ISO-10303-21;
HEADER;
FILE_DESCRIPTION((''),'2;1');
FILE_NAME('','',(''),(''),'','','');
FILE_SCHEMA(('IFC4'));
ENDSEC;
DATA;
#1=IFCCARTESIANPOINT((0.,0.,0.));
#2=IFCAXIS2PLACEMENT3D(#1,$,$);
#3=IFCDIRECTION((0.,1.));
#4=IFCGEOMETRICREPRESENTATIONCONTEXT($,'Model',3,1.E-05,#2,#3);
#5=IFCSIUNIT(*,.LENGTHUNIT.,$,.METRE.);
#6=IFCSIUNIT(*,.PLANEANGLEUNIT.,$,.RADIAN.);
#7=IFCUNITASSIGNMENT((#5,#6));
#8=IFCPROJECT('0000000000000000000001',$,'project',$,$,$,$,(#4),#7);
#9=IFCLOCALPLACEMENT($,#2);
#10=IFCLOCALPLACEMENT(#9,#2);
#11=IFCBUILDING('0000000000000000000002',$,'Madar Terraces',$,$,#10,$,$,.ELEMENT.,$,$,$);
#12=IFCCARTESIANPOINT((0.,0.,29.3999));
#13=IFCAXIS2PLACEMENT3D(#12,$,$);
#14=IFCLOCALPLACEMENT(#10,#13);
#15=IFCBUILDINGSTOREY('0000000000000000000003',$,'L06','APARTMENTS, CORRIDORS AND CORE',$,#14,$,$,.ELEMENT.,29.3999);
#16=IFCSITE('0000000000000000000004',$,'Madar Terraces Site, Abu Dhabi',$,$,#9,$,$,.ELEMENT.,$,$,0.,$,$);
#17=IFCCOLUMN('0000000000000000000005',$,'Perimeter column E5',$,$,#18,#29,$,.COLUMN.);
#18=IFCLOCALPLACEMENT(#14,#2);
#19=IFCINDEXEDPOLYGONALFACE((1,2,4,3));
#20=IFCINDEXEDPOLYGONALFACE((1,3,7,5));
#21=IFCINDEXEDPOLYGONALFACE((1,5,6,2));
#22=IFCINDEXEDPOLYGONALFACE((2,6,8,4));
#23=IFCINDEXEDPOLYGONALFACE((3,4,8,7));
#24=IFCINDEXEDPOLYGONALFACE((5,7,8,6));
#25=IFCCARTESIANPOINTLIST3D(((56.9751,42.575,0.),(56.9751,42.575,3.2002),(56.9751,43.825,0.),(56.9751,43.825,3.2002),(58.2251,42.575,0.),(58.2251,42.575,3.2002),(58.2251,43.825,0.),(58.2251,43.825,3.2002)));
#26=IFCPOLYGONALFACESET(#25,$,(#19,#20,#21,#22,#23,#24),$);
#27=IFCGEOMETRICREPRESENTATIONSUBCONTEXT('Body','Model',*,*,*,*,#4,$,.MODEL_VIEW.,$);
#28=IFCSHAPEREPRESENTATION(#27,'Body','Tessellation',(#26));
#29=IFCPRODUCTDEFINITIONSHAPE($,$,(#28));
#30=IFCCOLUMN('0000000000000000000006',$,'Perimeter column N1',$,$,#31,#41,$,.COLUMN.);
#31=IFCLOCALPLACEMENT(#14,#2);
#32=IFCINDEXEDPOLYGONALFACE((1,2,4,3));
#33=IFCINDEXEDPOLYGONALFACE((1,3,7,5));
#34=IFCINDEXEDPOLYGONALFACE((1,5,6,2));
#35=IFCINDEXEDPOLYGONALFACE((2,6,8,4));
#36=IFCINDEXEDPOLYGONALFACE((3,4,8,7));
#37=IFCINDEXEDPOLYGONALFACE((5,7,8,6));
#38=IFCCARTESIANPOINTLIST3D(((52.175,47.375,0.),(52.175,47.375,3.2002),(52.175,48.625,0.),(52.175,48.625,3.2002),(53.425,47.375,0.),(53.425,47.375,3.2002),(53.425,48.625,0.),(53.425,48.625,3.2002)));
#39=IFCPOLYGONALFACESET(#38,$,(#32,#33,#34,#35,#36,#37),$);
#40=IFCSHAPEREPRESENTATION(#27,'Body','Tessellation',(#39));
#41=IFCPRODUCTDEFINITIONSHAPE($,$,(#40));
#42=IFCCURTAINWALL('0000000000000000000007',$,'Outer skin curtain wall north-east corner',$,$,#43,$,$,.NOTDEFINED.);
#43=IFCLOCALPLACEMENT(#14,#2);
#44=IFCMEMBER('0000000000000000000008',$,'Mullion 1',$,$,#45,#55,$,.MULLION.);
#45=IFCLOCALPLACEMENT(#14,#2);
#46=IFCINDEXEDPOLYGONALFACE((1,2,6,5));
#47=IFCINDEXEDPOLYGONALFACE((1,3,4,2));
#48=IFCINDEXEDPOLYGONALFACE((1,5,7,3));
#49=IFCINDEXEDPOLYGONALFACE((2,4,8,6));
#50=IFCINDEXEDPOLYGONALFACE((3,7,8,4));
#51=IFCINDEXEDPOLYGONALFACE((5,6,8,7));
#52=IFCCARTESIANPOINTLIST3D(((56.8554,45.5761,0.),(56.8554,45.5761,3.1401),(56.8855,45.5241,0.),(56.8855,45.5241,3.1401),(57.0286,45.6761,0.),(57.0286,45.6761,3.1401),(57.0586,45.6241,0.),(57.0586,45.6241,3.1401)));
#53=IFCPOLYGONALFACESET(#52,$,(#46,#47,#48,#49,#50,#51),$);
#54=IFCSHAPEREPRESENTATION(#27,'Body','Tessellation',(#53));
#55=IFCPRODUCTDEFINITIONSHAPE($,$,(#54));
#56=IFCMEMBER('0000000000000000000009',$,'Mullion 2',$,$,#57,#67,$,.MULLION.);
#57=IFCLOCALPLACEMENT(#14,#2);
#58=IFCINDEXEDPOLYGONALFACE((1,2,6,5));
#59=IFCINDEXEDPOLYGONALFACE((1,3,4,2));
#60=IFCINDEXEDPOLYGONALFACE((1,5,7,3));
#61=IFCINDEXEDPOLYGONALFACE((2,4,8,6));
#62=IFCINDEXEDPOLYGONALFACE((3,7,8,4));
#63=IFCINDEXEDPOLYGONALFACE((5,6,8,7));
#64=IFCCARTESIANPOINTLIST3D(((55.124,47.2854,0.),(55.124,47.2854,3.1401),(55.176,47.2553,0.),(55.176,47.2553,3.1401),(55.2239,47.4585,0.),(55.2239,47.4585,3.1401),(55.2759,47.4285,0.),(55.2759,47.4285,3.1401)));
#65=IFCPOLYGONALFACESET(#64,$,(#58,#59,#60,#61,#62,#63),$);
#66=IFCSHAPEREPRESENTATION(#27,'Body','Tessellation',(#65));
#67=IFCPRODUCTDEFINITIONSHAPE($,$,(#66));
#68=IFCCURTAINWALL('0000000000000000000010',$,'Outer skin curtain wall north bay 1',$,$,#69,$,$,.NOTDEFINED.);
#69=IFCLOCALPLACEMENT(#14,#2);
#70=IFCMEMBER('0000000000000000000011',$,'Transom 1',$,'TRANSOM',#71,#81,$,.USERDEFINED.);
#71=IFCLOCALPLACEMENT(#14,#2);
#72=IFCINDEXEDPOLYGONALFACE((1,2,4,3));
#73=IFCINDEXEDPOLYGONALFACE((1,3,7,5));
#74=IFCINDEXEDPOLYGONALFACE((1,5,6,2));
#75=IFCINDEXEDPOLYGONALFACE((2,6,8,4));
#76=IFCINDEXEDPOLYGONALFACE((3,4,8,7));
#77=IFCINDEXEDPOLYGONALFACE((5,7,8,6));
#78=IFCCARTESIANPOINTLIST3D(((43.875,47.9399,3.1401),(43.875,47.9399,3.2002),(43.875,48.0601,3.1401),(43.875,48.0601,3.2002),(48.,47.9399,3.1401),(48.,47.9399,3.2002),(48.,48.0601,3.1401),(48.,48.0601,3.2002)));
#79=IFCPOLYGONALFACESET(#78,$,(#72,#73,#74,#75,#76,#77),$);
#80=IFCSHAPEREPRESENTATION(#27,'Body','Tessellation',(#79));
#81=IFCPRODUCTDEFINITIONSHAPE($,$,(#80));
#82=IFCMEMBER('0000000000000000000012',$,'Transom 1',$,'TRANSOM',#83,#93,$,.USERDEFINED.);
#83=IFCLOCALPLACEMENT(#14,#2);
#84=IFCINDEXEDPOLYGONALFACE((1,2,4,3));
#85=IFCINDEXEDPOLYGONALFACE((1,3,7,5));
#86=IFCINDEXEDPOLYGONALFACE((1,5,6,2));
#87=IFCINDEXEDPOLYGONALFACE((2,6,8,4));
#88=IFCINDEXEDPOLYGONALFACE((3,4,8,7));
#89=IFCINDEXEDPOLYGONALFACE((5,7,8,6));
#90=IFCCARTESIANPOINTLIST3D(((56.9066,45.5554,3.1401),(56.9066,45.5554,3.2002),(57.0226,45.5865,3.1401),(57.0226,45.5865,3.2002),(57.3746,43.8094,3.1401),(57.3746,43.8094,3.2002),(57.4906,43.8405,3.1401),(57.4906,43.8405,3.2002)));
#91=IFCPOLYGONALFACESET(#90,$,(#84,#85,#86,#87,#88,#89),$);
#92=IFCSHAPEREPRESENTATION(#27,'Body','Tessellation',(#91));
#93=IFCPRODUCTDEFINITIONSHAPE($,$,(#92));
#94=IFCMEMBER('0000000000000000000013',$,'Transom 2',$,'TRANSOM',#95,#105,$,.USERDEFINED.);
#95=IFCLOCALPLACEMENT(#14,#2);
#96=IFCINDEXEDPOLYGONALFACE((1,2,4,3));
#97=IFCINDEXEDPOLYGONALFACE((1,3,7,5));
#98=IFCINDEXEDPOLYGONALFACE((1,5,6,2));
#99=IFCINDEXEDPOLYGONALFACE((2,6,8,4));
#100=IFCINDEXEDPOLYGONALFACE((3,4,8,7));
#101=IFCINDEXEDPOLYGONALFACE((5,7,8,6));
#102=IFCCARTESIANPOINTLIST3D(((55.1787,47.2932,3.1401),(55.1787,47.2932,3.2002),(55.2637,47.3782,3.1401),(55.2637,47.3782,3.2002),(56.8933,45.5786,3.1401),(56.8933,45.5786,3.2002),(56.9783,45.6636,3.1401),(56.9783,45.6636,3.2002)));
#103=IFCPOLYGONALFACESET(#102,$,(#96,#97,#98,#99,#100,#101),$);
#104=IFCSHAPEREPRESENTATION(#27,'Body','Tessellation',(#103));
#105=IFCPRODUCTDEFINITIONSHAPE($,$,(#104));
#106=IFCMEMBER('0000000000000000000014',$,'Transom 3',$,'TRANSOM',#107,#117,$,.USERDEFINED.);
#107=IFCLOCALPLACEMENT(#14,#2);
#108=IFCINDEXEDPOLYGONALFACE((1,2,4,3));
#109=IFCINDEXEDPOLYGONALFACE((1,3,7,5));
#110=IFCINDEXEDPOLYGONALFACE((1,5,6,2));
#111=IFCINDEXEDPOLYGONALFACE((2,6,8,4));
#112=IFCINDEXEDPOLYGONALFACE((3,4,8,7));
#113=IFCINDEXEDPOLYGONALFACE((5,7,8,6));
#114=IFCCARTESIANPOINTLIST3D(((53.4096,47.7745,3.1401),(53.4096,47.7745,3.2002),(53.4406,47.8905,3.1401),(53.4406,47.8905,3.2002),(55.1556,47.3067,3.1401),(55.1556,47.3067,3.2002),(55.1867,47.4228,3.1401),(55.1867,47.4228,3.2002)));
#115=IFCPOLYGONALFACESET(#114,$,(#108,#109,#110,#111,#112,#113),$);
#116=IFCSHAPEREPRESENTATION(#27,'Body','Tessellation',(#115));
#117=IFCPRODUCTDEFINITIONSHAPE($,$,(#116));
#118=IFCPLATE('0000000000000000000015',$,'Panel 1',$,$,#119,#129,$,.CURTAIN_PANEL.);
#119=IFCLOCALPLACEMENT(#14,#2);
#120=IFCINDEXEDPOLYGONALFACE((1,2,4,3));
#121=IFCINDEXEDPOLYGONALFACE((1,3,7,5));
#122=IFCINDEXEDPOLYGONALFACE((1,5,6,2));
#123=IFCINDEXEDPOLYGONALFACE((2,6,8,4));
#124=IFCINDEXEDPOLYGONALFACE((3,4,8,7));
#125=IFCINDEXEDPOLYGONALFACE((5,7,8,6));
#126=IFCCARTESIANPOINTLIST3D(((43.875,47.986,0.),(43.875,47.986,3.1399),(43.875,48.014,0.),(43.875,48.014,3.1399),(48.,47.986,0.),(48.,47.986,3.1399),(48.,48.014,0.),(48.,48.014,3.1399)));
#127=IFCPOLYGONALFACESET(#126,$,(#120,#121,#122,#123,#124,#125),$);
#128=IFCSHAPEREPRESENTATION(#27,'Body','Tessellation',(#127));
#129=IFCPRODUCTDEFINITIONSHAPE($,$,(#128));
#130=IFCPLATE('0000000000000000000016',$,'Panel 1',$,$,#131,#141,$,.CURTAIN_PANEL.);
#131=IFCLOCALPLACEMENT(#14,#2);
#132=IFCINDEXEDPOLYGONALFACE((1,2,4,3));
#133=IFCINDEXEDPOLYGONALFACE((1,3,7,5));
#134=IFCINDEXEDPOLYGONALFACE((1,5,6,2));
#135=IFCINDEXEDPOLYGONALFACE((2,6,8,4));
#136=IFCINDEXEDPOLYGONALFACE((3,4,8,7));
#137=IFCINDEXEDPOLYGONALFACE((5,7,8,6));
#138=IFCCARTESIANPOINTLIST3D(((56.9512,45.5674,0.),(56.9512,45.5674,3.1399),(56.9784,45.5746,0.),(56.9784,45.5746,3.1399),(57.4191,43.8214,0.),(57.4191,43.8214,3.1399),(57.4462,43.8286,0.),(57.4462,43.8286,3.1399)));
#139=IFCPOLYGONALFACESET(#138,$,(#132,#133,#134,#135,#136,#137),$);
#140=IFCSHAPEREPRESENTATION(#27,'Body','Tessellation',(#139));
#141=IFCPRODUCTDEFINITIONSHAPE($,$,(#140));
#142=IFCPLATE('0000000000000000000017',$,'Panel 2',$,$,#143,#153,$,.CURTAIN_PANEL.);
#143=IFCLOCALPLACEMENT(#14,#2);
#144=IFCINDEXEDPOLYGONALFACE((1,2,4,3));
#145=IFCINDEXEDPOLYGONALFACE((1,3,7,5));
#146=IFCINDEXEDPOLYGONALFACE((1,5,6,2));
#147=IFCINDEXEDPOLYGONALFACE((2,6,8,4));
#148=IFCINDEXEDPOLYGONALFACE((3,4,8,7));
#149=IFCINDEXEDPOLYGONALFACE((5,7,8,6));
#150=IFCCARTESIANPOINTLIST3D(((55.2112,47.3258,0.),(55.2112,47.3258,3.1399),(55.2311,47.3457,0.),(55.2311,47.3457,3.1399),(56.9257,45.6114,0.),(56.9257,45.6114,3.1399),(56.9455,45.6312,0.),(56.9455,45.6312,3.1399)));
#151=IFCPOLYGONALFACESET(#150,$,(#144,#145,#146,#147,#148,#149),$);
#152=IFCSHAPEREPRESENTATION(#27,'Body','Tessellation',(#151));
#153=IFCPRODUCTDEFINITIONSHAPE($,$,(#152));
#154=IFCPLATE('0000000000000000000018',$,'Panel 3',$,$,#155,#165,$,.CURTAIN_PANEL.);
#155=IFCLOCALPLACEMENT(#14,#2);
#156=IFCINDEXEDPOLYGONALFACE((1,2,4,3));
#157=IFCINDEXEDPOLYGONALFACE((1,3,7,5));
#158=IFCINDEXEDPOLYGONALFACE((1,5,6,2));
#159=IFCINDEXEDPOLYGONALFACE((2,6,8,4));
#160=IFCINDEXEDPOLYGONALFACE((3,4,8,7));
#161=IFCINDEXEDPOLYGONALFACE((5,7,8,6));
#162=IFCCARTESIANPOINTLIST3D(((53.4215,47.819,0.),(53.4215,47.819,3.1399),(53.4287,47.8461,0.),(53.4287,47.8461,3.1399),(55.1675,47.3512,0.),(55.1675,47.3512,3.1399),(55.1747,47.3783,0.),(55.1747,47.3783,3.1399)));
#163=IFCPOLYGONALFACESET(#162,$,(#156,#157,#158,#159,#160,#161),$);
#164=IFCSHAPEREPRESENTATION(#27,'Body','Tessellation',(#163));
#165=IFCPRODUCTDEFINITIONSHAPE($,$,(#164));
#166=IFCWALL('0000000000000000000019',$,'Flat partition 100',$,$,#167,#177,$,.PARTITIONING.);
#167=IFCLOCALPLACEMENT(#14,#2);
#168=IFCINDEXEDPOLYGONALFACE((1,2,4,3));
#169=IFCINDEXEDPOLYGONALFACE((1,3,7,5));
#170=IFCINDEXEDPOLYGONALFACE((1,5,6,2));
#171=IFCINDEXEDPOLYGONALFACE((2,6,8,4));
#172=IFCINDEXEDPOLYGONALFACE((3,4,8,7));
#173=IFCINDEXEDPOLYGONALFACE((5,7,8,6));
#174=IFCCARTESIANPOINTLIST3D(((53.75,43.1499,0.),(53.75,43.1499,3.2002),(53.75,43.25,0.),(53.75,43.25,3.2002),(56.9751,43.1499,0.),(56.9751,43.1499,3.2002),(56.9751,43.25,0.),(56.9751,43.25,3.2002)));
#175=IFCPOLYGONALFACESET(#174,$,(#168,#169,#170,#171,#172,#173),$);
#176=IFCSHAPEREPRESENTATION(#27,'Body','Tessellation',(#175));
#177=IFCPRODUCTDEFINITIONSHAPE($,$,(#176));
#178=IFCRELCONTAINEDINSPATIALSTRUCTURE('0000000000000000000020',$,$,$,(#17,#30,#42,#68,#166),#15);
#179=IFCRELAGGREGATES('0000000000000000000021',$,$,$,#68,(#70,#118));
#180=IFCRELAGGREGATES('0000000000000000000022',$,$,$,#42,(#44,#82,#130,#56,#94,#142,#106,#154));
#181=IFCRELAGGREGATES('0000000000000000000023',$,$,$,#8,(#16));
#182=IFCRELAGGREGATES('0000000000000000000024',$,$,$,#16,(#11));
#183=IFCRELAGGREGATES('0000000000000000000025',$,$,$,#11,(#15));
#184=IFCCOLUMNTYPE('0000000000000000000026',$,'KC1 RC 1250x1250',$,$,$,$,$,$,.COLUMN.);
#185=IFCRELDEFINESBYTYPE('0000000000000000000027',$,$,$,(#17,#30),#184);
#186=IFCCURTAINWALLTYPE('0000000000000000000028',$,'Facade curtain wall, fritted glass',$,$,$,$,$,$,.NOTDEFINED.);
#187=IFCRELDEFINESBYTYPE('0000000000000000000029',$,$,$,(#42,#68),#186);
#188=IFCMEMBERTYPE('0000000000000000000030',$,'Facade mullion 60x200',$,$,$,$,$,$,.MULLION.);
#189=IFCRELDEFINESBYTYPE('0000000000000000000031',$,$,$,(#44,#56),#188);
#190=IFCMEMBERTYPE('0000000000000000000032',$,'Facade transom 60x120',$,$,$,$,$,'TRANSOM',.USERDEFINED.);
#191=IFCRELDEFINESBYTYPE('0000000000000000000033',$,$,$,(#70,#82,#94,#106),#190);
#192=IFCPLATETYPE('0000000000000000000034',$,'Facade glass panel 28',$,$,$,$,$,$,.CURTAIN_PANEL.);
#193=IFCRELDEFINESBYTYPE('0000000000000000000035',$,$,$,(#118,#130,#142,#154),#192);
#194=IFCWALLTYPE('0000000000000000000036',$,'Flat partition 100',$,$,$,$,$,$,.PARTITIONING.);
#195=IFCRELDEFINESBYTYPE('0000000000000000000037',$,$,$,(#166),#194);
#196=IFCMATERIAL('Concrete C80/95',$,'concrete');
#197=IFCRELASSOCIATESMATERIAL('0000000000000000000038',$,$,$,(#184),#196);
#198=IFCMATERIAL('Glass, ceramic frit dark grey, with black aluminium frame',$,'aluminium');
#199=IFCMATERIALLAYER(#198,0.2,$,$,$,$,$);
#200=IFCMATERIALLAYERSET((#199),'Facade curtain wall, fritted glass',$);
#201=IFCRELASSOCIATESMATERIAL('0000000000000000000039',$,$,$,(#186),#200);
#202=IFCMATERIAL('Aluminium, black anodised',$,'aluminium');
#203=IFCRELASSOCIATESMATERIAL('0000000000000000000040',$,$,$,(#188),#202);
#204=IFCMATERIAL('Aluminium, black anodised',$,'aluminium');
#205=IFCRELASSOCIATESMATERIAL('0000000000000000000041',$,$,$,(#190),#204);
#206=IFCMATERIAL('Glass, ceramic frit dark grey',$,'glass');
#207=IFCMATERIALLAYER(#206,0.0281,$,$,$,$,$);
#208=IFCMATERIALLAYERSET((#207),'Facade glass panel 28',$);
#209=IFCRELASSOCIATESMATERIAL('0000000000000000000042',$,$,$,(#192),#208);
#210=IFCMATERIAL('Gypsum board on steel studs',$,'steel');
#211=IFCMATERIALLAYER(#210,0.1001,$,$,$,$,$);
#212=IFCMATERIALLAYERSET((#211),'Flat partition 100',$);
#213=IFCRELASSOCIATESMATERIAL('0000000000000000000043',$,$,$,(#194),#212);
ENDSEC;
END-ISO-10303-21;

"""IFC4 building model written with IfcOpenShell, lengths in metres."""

from ifc_helpers import new_model, si_unit, direction, frame, frame_2d, origin, origin_2d, place, context, subcontext, project, spatial, rectangle, extrude, material, layer, layer_set, material_profile, profile_set, type_object, element, aggregate, save


model = new_model("IFC4")

# Units and contexts
model_context = context("Model", 3, precision=1e-05, world=origin(), true_north=direction((0.0, 1.0)))
body_context = subcontext(model_context, "Body", "Model", "MODEL_VIEW")
ifc_project = project(units=[si_unit("LENGTHUNIT", "METRE"), si_unit("PLANEANGLEUNIT", "RADIAN")], contexts=[model_context])

# Site, building, storey
site_placement = place(None, origin())
site = spatial("IfcSite", under=ifc_project, at=site_placement, Name="Madar Terraces Site, Abu Dhabi", CompositionType="ELEMENT", RefElevation=0.0)
building_placement = place(site_placement, origin())
building = spatial("IfcBuilding", under=site, at=building_placement, Name="Madar Terraces", CompositionType="ELEMENT")
storey_placement = place(building_placement, frame((0.0, 0.0, 29.3999)))
storey = spatial("IfcBuildingStorey", under=building, at=storey_placement, Name="L06", Description="APARTMENTS, CORRIDORS AND CORE", CompositionType="ELEMENT", Elevation=29.3999)

# Columns
ifc_material_1 = material(Name="Concrete C80/95", Category="concrete")
ifc_material_profile_1 = material_profile(ifc_material_1, rectangle(XDim=1.25, YDim=1.25, at=origin_2d()), Name="KC1 RC 1250x1250")
ifc_profile_set_1 = profile_set([ifc_material_profile_1], Name="Concrete C80/95")
column_type = type_object("IfcColumnType", Name="KC1 RC 1250x1250", PredefinedType="COLUMN", material=ifc_profile_set_1)
for number, where, z_axis, x_axis, name in (
    (1, (57.6001, 43.2, 0.0), (0.0, 0.0, 1.0), (1.0, 0.0, 0.0), "Perimeter column E5"),
    (2, (52.8, 48.0, 0.0), (0.0, 0.0, 1.0), (1.0, 0.0, 0.0), "Perimeter column N1"),
):
    element("IfcColumn", number, at=place(storey_placement, frame(where, z_axis=z_axis, x_axis=x_axis)), inside=storey, type_object=column_type, Name=name, PredefinedType="COLUMN", context=body_context, shape_type="SweptSolid", body=[
        extrude(rectangle(XDim=1.25, YDim=1.25, at=origin_2d()), origin(), (0.0, 0.0, 1.0), 3.2002),
    ])

# Curtain wall, members
ifc_material_2 = material(Name="Glass, ceramic frit dark grey, with black aluminium frame", Category="aluminium")
ifc_layer_1 = layer(ifc_material_2, 0.2)
ifc_layer_set_1 = layer_set([ifc_layer_1], Name="Facade curtain wall, fritted glass")
curtain_wall_type = type_object("IfcCurtainWallType", Name="Facade curtain wall, fritted glass", PredefinedType="NOTDEFINED", material=ifc_layer_set_1)
curtain_wall_1_placement = place(storey_placement, origin())
curtain_wall_1 = element("IfcCurtainWall", 3, at=curtain_wall_1_placement, inside=storey, type_object=curtain_wall_type, Name="Outer skin curtain wall north-east corner", PredefinedType="NOTDEFINED")
ifc_material_3 = material(Name="Aluminium, black anodised", Category="aluminium")
ifc_material_profile_2 = material_profile(ifc_material_3, rectangle(XDim=0.2, YDim=0.0601, at=origin_2d()), Name="Facade mullion 60x200")
ifc_profile_set_2 = profile_set([ifc_material_profile_2], Name="Aluminium, black anodised")
member_type_1 = type_object("IfcMemberType", Name="Facade mullion 60x200", PredefinedType="MULLION", material=ifc_profile_set_2)
member_1_placement = place(storey_placement, frame((56.957, 45.6001, 0.0), z_axis=(0.0, 0.0, 1.0), x_axis=(-0.866025, -0.5, 0.0)))
member_1 = element("IfcMember", 4, at=member_1_placement, type_object=member_type_1, Name="Mullion 1", PredefinedType="MULLION", context=body_context, shape_type="SweptSolid", body=[
    extrude(rectangle(XDim=0.2, YDim=0.0601, at=origin_2d()), origin(), (0.0, 0.0, 1.0), 3.1401),
])
member_2_placement = place(storey_placement, frame((55.2, 47.3569, 0.0), z_axis=(0.0, 0.0, 1.0), x_axis=(-0.5, -0.866025, 0.0)))
member_2 = element("IfcMember", 5, at=member_2_placement, type_object=member_type_1, Name="Mullion 2", PredefinedType="MULLION", context=body_context, shape_type="SweptSolid", body=[
    extrude(rectangle(XDim=0.2, YDim=0.0601, at=origin_2d()), origin(), (0.0, 0.0, 1.0), 3.1401),
])

# Curtain wall, member
curtain_wall_2_placement = place(storey_placement, origin())
curtain_wall_2 = element("IfcCurtainWall", 6, at=curtain_wall_2_placement, inside=storey, type_object=curtain_wall_type, Name="Outer skin curtain wall north bay 1", PredefinedType="NOTDEFINED")
ifc_material_4 = material(Name="Aluminium, black anodised", Category="aluminium")
ifc_material_profile_3 = material_profile(ifc_material_4, rectangle(XDim=0.1201, YDim=0.0601, at=origin_2d()), Name="Facade transom 60x120")
ifc_profile_set_3 = profile_set([ifc_material_profile_3], Name="Aluminium, black anodised")
member_type_2 = type_object("IfcMemberType", Name="Facade transom 60x120", ElementType="TRANSOM", PredefinedType="USERDEFINED", material=ifc_profile_set_3)
member_3_placement = place(storey_placement, frame((48.0, 48.0, 3.1702), z_axis=(-1.0, 0.0, 0.0), x_axis=(0.0, -1.0, 0.0)))
member_3 = element("IfcMember", 7, at=member_3_placement, type_object=member_type_2, Name="Transom 1", ObjectType="TRANSOM", PredefinedType="USERDEFINED", context=body_context, shape_type="SweptSolid", body=[
    extrude(rectangle(XDim=0.1201, YDim=0.0601, at=origin_2d()), origin(), (0.0, 0.0, 1.0), 4.125),
])

# Members
member_4_placement = place(storey_placement, frame((57.4326, 43.825, 3.1702), z_axis=(-0.258898, 0.965905, 0.0), x_axis=(-0.965905, -0.258898, 0.0)))
member_4 = element("IfcMember", 8, at=member_4_placement, type_object=member_type_2, Name="Transom 1", ObjectType="TRANSOM", PredefinedType="USERDEFINED", context=body_context, shape_type="SweptSolid", body=[
    extrude(rectangle(XDim=0.1201, YDim=0.0601, at=origin_2d()), origin(), (0.0, 0.0, 1.0), 1.8076),
])
member_5_placement = place(storey_placement, frame((56.9358, 45.6211, 3.1702), z_axis=(-0.707107, 0.707107, 0.0), x_axis=(-0.707107, -0.707107, 0.0)))
member_5 = element("IfcMember", 9, at=member_5_placement, type_object=member_type_2, Name="Transom 2", ObjectType="TRANSOM", PredefinedType="USERDEFINED", context=body_context, shape_type="SweptSolid", body=[
    extrude(rectangle(XDim=0.1201, YDim=0.0601, at=origin_2d()), origin(), (0.0, 0.0, 1.0), 2.4248),
])
member_6_placement = place(storey_placement, frame((55.1711, 47.3647, 3.1702), z_axis=(-0.965938, 0.258772, 0.0), x_axis=(-0.258772, -0.965938, 0.0)))
member_6 = element("IfcMember", 10, at=member_6_placement, type_object=member_type_2, Name="Transom 3", ObjectType="TRANSOM", PredefinedType="USERDEFINED", context=body_context, shape_type="SweptSolid", body=[
    extrude(rectangle(XDim=0.1201, YDim=0.0601, at=origin_2d()), origin(), (0.0, 0.0, 1.0), 1.8076),
])

# Plates
ifc_material_5 = material(Name="Glass, ceramic frit dark grey", Category="glass")
ifc_layer_2 = layer(ifc_material_5, 0.0281)
ifc_layer_set_2 = layer_set([ifc_layer_2], Name="Facade glass panel 28")
plate_type = type_object("IfcPlateType", Name="Facade glass panel 28", PredefinedType="CURTAIN_PANEL", material=ifc_layer_set_2)
plate_1_placement = place(storey_placement, frame((45.9375, 48.0, 0.0), z_axis=(0.0, 0.0, 1.0), x_axis=(-1.0, 0.0, 0.0)))
plate_1 = element("IfcPlate", 11, at=plate_1_placement, type_object=plate_type, Name="Panel 1", PredefinedType="CURTAIN_PANEL", context=body_context, shape_type="SweptSolid", body=[
    extrude(rectangle(XDim=4.125, YDim=0.0281, at=origin_2d()), origin(), (0.0, 0.0, 1.0), 3.1399),
])
aggregate(curtain_wall_2, [member_3, plate_1])
plate_2_placement = place(storey_placement, frame((57.1987, 44.698, 0.0), z_axis=(0.0, 0.0, 1.0), x_axis=(-0.258819, 0.965926, 0.0)))
plate_2 = element("IfcPlate", 12, at=plate_2_placement, type_object=plate_type, Name="Panel 1", PredefinedType="CURTAIN_PANEL", context=body_context, shape_type="SweptSolid", body=[
    extrude(rectangle(XDim=1.8076, YDim=0.0281, at=origin_2d()), origin(), (0.0, 0.0, 1.0), 3.1399),
])
plate_3_placement = place(storey_placement, frame((56.0784, 46.4785, 0.0), z_axis=(0.0, 0.0, 1.0), x_axis=(-0.707107, 0.707107, 0.0)))
plate_3 = element("IfcPlate", 13, at=plate_3_placement, type_object=plate_type, Name="Panel 2", PredefinedType="CURTAIN_PANEL", context=body_context, shape_type="SweptSolid", body=[
    extrude(rectangle(XDim=2.4246, YDim=0.0281, at=origin_2d()), origin(), (0.0, 0.0, 1.0), 3.1399),
])
plate_4_placement = place(storey_placement, frame((54.2981, 47.5986, 0.0), z_axis=(0.0, 0.0, 1.0), x_axis=(-0.965926, 0.258819, 0.0)))
plate_4 = element("IfcPlate", 14, at=plate_4_placement, type_object=plate_type, Name="Panel 3", PredefinedType="CURTAIN_PANEL", context=body_context, shape_type="SweptSolid", body=[
    extrude(rectangle(XDim=1.8076, YDim=0.0281, at=origin_2d()), origin(), (0.0, 0.0, 1.0), 3.1399),
])
aggregate(curtain_wall_1, [member_1, member_4, plate_2, member_2, member_5, plate_3, member_6, plate_4])

# Wall
ifc_material_6 = material(Name="Gypsum board on steel studs", Category="steel")
ifc_layer_3 = layer(ifc_material_6, 0.1001)
ifc_layer_set_3 = layer_set([ifc_layer_3], Name="Flat partition 100")
wall_type_1 = type_object("IfcWallType", Name="Flat partition 100", PredefinedType="PARTITIONING", material=ifc_layer_set_3)
wall_1_placement = place(storey_placement, frame((53.75, 43.2, 0.0), z_axis=(0.0, 0.0, 1.0), x_axis=(1.0, 0.0, 0.0)))
element("IfcWall", 15, at=wall_1_placement, inside=storey, type_object=wall_type_1, Name="Flat partition 100", PredefinedType="PARTITIONING", context=body_context, shape_type="SweptSolid", body=[
    extrude(rectangle(XDim=3.2251, YDim=0.1001, at=frame_2d((1.6125, 0.0))), origin(), (0.0, 0.0, 1.0), 3.2002),
])

save(model, "model.ifc")
